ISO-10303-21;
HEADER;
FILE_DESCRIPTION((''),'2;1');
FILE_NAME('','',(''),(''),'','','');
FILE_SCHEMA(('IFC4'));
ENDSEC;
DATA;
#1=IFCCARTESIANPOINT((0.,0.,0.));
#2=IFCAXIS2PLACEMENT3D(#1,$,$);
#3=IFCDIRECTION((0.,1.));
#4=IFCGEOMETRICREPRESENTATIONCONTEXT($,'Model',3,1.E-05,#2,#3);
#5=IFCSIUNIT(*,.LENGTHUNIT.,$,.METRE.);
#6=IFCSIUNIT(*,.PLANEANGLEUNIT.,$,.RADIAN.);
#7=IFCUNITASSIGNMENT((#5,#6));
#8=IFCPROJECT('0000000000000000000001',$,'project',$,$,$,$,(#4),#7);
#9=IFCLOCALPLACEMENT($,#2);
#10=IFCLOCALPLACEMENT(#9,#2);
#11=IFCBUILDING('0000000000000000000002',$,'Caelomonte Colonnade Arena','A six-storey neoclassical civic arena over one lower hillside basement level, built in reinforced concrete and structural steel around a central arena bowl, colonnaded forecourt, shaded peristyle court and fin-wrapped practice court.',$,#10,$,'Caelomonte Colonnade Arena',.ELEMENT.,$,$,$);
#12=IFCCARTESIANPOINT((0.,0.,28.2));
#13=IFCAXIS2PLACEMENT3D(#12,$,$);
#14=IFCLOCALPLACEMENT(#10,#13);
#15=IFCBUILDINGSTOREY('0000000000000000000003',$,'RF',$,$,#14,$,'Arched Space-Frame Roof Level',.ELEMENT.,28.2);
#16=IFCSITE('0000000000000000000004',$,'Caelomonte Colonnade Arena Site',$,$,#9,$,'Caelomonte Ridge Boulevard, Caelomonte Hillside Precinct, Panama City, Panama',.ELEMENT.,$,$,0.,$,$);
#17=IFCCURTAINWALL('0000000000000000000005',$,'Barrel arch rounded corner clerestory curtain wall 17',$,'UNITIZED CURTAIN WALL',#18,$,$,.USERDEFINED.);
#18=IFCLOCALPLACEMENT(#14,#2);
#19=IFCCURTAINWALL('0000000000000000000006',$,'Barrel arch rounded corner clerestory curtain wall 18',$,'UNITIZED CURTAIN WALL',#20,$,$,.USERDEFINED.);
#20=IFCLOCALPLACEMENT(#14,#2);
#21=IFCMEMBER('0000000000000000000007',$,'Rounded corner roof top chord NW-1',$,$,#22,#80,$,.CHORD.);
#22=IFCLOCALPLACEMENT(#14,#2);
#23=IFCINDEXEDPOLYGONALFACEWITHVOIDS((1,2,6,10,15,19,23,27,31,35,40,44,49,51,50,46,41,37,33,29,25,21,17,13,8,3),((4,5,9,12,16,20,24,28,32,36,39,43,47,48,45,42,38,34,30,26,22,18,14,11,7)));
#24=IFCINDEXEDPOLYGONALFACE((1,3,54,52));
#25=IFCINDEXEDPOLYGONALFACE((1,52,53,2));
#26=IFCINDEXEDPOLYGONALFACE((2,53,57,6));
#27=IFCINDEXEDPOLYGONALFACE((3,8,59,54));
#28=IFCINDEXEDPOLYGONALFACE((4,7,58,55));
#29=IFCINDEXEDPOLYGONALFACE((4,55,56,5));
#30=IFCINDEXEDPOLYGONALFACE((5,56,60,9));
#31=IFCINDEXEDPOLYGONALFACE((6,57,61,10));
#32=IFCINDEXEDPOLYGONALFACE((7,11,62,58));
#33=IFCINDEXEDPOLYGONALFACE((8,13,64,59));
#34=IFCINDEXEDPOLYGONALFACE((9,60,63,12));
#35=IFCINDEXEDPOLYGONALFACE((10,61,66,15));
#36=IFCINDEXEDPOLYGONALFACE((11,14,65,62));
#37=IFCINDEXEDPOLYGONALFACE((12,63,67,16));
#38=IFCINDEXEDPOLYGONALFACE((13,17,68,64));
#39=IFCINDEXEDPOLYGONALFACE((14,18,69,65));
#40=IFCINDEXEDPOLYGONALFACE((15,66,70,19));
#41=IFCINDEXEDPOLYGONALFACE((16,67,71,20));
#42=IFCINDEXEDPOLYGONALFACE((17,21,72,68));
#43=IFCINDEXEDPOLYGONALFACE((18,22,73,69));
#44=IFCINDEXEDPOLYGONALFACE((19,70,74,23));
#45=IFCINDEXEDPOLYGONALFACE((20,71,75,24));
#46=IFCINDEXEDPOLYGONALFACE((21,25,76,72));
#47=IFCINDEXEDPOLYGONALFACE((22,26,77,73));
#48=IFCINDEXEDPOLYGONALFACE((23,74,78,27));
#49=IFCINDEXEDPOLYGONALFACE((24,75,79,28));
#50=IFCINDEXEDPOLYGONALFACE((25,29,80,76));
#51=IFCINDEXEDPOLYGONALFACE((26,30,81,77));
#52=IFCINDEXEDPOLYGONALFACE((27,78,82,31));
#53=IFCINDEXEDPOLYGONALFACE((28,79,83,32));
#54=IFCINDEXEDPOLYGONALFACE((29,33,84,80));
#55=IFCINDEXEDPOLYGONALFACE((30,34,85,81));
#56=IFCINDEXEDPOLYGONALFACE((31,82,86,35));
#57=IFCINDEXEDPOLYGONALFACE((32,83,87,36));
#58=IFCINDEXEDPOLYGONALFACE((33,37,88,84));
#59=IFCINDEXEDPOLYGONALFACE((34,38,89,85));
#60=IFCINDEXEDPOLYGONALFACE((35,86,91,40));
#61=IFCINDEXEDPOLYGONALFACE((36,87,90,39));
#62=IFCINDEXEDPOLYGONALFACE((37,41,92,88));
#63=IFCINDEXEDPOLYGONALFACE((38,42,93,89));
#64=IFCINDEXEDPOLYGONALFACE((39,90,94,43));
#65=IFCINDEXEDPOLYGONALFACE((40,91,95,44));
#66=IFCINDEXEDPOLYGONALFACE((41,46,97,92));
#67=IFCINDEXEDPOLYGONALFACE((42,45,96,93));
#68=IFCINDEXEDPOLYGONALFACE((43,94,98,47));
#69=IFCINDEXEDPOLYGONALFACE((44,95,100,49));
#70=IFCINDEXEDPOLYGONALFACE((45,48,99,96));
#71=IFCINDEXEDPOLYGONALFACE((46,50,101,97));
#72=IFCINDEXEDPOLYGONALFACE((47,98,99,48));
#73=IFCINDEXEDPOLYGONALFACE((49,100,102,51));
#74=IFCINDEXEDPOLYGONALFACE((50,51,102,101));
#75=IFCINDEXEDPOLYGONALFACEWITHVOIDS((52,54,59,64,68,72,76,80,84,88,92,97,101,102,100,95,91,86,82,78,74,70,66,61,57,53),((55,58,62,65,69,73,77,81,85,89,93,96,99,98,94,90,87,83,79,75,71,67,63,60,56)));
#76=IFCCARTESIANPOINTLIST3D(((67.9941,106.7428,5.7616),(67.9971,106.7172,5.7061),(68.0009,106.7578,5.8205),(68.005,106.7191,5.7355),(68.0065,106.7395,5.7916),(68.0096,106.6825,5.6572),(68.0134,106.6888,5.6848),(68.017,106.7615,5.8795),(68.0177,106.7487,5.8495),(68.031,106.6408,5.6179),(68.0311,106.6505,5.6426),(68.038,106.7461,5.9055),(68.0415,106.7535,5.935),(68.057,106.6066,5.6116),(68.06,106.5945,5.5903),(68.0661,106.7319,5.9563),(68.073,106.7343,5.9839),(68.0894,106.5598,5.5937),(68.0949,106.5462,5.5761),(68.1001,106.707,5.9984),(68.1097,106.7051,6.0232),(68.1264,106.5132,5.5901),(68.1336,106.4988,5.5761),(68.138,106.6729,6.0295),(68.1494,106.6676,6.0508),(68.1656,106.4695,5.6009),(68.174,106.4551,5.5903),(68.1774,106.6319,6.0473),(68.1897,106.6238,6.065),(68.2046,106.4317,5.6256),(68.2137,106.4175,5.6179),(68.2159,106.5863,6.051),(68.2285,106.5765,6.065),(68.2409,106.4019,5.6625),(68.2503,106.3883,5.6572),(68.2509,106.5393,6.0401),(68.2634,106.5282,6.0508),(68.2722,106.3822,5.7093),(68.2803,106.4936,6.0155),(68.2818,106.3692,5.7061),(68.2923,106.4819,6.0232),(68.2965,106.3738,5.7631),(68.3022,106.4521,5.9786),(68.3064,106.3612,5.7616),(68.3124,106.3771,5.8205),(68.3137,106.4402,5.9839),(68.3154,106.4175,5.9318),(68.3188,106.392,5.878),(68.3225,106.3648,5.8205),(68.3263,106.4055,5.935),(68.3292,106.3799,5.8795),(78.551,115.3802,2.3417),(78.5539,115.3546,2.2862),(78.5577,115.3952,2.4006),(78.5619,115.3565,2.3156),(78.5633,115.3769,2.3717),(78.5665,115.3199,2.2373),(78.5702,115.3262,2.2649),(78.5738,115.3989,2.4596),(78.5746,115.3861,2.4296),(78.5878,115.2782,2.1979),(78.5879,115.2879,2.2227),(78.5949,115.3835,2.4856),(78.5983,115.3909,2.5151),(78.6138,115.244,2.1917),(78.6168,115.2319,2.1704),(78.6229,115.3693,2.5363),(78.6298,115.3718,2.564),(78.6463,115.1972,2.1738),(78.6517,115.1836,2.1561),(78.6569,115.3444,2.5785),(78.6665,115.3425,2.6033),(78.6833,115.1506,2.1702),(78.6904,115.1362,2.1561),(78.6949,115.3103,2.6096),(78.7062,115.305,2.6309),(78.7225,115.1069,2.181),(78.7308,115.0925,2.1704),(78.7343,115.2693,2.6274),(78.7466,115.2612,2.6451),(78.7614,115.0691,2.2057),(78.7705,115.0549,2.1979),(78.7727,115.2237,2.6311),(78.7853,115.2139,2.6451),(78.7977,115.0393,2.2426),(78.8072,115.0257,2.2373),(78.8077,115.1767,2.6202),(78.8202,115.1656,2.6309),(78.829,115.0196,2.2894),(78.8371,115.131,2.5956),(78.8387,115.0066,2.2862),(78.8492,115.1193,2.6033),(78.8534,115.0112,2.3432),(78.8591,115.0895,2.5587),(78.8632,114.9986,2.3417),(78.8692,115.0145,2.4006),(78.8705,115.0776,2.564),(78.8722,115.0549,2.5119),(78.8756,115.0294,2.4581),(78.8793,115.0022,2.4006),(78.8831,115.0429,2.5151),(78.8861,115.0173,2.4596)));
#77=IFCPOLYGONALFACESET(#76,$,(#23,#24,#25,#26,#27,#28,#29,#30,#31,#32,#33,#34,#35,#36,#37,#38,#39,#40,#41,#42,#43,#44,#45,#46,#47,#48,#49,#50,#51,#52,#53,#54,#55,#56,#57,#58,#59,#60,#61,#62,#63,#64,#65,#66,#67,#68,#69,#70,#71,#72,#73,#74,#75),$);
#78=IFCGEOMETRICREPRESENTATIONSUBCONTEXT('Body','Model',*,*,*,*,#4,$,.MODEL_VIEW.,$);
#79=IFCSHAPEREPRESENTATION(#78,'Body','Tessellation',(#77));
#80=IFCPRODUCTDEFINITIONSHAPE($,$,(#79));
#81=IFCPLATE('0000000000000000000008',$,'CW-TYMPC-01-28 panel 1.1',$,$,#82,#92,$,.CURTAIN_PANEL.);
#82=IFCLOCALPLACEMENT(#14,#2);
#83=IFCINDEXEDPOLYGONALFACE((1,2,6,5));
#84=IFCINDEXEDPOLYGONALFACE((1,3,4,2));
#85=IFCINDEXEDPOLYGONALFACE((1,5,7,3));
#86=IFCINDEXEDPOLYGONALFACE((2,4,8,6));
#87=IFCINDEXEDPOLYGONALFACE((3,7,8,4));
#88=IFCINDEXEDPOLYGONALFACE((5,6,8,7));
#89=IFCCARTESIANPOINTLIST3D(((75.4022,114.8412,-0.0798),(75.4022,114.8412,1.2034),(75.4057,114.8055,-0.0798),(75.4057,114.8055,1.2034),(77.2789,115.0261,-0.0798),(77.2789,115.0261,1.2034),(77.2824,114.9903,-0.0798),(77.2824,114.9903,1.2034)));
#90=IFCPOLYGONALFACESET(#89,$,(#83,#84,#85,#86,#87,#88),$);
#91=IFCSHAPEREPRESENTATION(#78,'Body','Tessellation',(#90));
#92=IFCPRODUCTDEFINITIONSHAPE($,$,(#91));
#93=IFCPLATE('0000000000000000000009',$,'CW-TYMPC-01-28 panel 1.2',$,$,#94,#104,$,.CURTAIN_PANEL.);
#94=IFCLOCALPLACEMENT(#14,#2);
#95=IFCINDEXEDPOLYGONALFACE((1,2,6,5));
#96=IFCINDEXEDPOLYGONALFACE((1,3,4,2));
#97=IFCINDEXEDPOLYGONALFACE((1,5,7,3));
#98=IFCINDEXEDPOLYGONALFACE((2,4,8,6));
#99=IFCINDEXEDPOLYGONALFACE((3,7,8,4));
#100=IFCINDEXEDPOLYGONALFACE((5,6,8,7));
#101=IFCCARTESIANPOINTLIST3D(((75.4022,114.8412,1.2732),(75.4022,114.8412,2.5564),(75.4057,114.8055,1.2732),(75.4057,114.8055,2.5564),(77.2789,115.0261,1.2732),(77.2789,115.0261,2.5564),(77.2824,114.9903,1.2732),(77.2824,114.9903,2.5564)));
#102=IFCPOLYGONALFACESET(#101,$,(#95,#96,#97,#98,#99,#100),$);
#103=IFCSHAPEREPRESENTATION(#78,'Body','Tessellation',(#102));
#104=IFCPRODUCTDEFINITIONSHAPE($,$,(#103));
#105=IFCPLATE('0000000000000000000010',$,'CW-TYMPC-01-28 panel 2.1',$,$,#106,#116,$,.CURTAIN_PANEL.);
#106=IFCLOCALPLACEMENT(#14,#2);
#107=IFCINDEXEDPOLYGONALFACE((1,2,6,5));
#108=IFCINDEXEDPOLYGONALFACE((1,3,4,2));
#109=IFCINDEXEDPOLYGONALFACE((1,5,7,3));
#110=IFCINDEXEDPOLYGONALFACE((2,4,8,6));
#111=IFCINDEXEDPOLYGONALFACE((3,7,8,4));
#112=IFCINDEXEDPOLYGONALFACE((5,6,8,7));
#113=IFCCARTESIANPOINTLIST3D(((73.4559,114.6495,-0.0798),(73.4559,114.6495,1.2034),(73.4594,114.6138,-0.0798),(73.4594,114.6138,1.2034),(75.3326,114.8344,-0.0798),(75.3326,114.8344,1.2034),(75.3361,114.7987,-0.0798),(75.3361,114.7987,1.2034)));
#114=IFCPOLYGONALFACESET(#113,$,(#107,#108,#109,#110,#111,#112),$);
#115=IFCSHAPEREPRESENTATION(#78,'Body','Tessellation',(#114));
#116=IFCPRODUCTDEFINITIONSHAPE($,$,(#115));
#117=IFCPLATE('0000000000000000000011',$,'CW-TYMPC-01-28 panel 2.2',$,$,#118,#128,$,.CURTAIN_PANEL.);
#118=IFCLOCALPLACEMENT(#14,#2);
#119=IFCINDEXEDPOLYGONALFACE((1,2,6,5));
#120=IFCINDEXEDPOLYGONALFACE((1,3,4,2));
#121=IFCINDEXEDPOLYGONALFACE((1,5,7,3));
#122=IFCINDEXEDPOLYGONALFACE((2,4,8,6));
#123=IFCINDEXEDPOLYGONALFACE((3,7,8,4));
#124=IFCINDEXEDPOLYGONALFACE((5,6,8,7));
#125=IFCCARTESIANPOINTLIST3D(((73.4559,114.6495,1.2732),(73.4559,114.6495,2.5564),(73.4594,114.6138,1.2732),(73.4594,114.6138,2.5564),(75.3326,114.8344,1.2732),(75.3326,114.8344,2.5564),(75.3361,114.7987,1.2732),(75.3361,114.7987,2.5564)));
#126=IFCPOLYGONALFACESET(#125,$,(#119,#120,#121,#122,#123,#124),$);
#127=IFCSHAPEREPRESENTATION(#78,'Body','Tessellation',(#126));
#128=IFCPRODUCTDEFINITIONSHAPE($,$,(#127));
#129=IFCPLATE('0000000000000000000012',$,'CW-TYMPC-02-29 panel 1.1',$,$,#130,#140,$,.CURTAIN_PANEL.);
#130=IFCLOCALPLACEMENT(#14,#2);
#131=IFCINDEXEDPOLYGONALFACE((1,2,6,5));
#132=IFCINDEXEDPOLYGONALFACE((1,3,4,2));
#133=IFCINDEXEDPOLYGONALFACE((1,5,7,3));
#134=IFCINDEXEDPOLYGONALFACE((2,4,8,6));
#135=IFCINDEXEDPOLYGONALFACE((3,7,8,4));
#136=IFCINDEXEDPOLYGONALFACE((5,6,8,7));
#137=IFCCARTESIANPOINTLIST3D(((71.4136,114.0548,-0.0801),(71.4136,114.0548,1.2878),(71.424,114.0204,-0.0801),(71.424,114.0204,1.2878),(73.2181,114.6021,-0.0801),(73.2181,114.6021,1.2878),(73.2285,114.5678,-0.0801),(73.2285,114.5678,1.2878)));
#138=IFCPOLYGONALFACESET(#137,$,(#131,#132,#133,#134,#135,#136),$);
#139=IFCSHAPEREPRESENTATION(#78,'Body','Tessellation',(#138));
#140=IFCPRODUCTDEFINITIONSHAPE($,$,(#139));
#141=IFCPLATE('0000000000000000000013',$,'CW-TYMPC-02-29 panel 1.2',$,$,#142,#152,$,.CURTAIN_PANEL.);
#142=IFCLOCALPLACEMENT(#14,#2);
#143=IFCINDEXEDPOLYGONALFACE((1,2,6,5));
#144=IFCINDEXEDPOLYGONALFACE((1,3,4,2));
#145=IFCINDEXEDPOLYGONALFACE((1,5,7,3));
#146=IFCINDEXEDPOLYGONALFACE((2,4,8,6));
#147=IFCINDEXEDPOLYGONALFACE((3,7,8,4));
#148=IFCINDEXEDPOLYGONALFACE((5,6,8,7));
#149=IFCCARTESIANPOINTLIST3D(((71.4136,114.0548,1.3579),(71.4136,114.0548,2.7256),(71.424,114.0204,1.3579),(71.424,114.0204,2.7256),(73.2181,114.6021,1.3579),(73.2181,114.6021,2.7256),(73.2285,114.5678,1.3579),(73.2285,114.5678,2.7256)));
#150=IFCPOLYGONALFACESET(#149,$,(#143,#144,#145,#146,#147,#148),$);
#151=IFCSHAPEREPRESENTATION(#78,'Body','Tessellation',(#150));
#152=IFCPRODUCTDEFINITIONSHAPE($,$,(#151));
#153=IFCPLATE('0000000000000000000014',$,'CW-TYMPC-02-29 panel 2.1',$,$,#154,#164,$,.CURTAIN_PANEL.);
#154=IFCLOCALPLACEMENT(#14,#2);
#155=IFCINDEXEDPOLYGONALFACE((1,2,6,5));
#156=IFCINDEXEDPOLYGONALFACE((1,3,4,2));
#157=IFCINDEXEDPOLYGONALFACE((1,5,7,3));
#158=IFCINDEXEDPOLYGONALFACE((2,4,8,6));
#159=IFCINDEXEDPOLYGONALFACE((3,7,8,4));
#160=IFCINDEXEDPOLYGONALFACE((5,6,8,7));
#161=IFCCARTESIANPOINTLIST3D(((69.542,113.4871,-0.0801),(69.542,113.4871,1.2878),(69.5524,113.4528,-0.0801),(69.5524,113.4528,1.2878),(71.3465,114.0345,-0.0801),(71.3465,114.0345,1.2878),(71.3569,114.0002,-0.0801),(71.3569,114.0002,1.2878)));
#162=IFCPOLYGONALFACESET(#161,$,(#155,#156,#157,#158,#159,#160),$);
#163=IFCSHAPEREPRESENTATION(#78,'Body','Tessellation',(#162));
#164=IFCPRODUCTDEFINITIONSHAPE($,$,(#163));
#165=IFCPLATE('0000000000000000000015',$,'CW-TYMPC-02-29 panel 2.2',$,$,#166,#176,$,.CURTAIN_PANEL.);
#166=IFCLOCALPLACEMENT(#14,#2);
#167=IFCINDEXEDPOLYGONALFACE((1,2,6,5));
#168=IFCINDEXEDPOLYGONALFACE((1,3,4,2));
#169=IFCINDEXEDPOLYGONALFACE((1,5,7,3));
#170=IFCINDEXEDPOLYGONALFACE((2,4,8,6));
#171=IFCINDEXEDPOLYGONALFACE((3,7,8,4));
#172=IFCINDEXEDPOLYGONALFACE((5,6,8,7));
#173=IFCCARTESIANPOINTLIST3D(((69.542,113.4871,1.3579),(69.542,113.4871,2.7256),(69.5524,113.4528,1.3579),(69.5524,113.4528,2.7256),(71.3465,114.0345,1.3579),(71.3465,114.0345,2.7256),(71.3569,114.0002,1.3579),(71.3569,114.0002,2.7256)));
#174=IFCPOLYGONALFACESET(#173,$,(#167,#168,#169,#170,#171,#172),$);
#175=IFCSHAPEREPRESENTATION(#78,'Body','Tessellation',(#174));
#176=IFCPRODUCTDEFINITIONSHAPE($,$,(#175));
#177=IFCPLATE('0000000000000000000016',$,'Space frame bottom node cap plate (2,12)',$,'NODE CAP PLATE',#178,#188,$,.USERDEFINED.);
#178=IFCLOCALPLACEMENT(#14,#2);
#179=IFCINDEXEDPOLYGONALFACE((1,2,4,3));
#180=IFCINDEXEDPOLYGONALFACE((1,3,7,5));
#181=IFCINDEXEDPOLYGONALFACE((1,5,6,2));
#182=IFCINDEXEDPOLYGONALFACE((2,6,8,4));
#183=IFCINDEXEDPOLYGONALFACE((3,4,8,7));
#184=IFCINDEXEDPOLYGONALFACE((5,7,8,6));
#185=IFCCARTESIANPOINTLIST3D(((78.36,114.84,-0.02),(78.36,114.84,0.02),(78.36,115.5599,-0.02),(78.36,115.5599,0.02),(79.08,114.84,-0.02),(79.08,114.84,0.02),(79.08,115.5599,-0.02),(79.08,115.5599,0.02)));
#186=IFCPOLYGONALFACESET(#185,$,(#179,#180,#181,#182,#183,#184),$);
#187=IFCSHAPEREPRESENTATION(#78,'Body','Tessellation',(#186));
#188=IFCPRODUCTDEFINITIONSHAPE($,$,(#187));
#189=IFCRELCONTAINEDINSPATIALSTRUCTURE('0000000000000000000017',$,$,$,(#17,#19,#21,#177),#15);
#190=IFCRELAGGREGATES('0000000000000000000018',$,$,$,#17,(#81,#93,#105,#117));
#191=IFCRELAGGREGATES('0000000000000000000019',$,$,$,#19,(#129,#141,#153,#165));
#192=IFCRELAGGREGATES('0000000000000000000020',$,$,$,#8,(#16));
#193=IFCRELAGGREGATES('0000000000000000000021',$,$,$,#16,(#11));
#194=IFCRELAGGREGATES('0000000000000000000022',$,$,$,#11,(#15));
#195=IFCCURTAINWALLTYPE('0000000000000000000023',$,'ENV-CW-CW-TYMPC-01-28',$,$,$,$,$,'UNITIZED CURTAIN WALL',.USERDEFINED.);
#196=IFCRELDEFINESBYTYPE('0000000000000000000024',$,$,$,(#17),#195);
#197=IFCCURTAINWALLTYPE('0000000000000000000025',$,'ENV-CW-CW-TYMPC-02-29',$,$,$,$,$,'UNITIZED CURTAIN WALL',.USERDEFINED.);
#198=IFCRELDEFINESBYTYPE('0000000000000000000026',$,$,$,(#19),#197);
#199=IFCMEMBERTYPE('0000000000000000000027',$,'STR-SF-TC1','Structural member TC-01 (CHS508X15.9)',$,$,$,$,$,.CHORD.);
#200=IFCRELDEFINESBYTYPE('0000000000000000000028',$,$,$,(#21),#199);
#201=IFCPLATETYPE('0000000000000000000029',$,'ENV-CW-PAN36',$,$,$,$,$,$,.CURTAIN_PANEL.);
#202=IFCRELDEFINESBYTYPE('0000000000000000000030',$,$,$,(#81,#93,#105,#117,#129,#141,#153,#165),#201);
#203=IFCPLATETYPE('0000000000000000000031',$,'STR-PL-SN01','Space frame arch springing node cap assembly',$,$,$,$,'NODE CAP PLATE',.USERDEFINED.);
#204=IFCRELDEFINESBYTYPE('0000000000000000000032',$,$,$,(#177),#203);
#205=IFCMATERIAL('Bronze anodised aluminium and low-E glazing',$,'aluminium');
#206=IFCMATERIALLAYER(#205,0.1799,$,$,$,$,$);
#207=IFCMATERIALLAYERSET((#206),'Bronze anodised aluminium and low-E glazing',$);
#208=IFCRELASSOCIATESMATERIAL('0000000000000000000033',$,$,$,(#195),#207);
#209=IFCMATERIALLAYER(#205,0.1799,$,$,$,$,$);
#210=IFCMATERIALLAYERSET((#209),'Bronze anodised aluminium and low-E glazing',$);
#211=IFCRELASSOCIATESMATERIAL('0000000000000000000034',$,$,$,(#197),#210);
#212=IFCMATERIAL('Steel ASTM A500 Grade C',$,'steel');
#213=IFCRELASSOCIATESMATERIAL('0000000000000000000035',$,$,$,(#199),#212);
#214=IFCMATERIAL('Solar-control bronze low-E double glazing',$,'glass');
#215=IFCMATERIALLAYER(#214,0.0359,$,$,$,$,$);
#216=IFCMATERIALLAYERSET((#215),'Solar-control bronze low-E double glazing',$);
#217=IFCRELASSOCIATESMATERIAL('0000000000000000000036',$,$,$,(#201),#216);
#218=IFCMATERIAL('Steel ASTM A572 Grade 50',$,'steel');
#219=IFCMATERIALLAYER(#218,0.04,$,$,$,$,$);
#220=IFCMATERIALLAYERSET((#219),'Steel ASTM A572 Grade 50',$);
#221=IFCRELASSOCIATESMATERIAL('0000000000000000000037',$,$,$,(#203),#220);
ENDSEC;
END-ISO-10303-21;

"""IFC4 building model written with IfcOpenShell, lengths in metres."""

from ifc_helpers import new_model, si_unit, direction, frame, origin, origin_2d, place, context, subcontext, project, spatial, rectangle, hollow_circle, extrude, material, layer, layer_set, material_profile, profile_set, type_object, element, aggregate, save


model = new_model("IFC4")

# Units and contexts
model_context = context("Model", 3, precision=1e-05, world=origin(), true_north=direction((0.0, 1.0)))
body_context = subcontext(model_context, "Body", "Model", "MODEL_VIEW")
ifc_project = project(units=[si_unit("LENGTHUNIT", "METRE"), si_unit("PLANEANGLEUNIT", "RADIAN")], contexts=[model_context])

# Site, building, storey
site_placement = place(None, origin())
site = spatial("IfcSite", under=ifc_project, at=site_placement, Name="Caelomonte Colonnade Arena Site", LongName="Caelomonte Ridge Boulevard, Caelomonte Hillside Precinct, Panama City, Panama", CompositionType="ELEMENT", RefElevation=0.0)
building_placement = place(site_placement, origin())
building = spatial("IfcBuilding", under=site, at=building_placement, Name="Caelomonte Colonnade Arena", Description="A six-storey neoclassical civic arena over one lower hillside basement level, built in reinforced concrete and structural steel around a central arena bowl, colonnaded forecourt, shaded peristyle court and fin-wrapped practice court.", LongName="Caelomonte Colonnade Arena", CompositionType="ELEMENT")
storey_placement = place(building_placement, frame((0.0, 0.0, 28.2)))
storey = spatial("IfcBuildingStorey", under=building, at=storey_placement, Name="RF", LongName="Arched Space-Frame Roof Level", CompositionType="ELEMENT", Elevation=28.2)

# Curtain walls
ifc_material_1 = material(Name="Bronze anodised aluminium and low-E glazing", Category="aluminium")
ifc_layer_1 = layer(ifc_material_1, 0.1799)
ifc_layer_set_1 = layer_set([ifc_layer_1], Name="Bronze anodised aluminium and low-E glazing")
curtain_wall_type_1 = type_object("IfcCurtainWallType", Name="ENV-CW-CW-TYMPC-01-28", ElementType="UNITIZED CURTAIN WALL", PredefinedType="USERDEFINED", material=ifc_layer_set_1)
curtain_wall_1_placement = place(storey_placement, origin())
curtain_wall_1 = element("IfcCurtainWall", 1, at=curtain_wall_1_placement, inside=storey, type_object=curtain_wall_type_1, Name="Barrel arch rounded corner clerestory curtain wall 17", ObjectType="UNITIZED CURTAIN WALL", PredefinedType="USERDEFINED")
ifc_layer_2 = layer(ifc_material_1, 0.1799)
ifc_layer_set_2 = layer_set([ifc_layer_2], Name="Bronze anodised aluminium and low-E glazing")
curtain_wall_type_2 = type_object("IfcCurtainWallType", Name="ENV-CW-CW-TYMPC-02-29", ElementType="UNITIZED CURTAIN WALL", PredefinedType="USERDEFINED", material=ifc_layer_set_2)
curtain_wall_2_placement = place(storey_placement, origin())
curtain_wall_2 = element("IfcCurtainWall", 2, at=curtain_wall_2_placement, inside=storey, type_object=curtain_wall_type_2, Name="Barrel arch rounded corner clerestory curtain wall 18", ObjectType="UNITIZED CURTAIN WALL", PredefinedType="USERDEFINED")

# Member
ifc_material_2 = material(Name="Steel ASTM A500 Grade C", Category="steel")
ifc_material_profile_1 = material_profile(ifc_material_2, hollow_circle(Radius=0.2539, WallThickness=0.0159, at=origin_2d()), Name="CHS508X15.9")
ifc_profile_set_1 = profile_set([ifc_material_profile_1], Name="Steel ASTM A500 Grade C")
member_type_1 = type_object("IfcMemberType", Name="STR-SF-TC1", Description="Structural member TC-01 (CHS508X15.9)", PredefinedType="CHORD", material=ifc_profile_set_1)
member_1_placement = place(storey_placement, frame((78.7185, 115.1987, 2.4006), z_axis=(-0.750721, -0.614226, 0.243197), x_axis=(0.633238, -0.773957, 0.0)))
element("IfcMember", 3, at=member_1_placement, inside=storey, type_object=member_type_1, Name="Rounded corner roof top chord NW-1", PredefinedType="CHORD", context=body_context, shape_type="SweptSolid", body=[
    extrude(hollow_circle(Radius=0.2539, WallThickness=0.0159, at=origin_2d()), origin(), (0.0, 0.0, 1.0), 14.0623),
])

# Plates
ifc_material_3 = material(Name="Solar-control bronze low-E double glazing", Category="glass")
ifc_layer_3 = layer(ifc_material_3, 0.0359)
ifc_layer_set_3 = layer_set([ifc_layer_3], Name="Solar-control bronze low-E double glazing")
plate_type_1 = type_object("IfcPlateType", Name="ENV-CW-PAN36", PredefinedType="CURTAIN_PANEL", material=ifc_layer_set_3)
plate_1_placement = place(storey_placement, frame((76.3423, 114.9158, -0.0798), z_axis=(0.0, 0.0, 1.0), x_axis=(-0.995183, -0.098031, 0.0)))
plate_1 = element("IfcPlate", 4, at=plate_1_placement, type_object=plate_type_1, Name="CW-TYMPC-01-28 panel 1.1", PredefinedType="CURTAIN_PANEL", context=body_context, shape_type="SweptSolid", body=[
    extrude(rectangle(XDim=1.8857, YDim=0.0359, at=origin_2d()), origin(), (0.0, 0.0, 1.0), 1.2832),
])
plate_2_placement = place(storey_placement, frame((76.3423, 114.9158, 1.2732), z_axis=(0.0, 0.0, 1.0), x_axis=(-0.995183, -0.098031, 0.0)))
plate_2 = element("IfcPlate", 5, at=plate_2_placement, type_object=plate_type_1, Name="CW-TYMPC-01-28 panel 1.2", PredefinedType="CURTAIN_PANEL", context=body_context, shape_type="SweptSolid", body=[
    extrude(rectangle(XDim=1.8857, YDim=0.0359, at=origin_2d()), origin(), (0.0, 0.0, 1.0), 1.2832),
])
plate_3_placement = place(storey_placement, frame((74.396, 114.7241, -0.0798), z_axis=(0.0, 0.0, 1.0), x_axis=(-0.995183, -0.098031, 0.0)))
plate_3 = element("IfcPlate", 6, at=plate_3_placement, type_object=plate_type_1, Name="CW-TYMPC-01-28 panel 2.1", PredefinedType="CURTAIN_PANEL", context=body_context, shape_type="SweptSolid", body=[
    extrude(rectangle(XDim=1.8857, YDim=0.0359, at=origin_2d()), origin(), (0.0, 0.0, 1.0), 1.2832),
])
plate_4_placement = place(storey_placement, frame((74.396, 114.7241, 1.2732), z_axis=(0.0, 0.0, 1.0), x_axis=(-0.995183, -0.098031, 0.0)))
plate_4 = element("IfcPlate", 7, at=plate_4_placement, type_object=plate_type_1, Name="CW-TYMPC-01-28 panel 2.2", PredefinedType="CURTAIN_PANEL", context=body_context, shape_type="SweptSolid", body=[
    extrude(rectangle(XDim=1.8857, YDim=0.0359, at=origin_2d()), origin(), (0.0, 0.0, 1.0), 1.2832),
])
aggregate(curtain_wall_1, [plate_1, plate_2, plate_3, plate_4])
plate_5_placement = place(storey_placement, frame((72.321, 114.3113, -0.0801), z_axis=(0.0, 0.0, 1.0), x_axis=(-0.956946, -0.290266, 0.0)))
plate_5 = element("IfcPlate", 8, at=plate_5_placement, type_object=plate_type_1, Name="CW-TYMPC-02-29 panel 1.1", PredefinedType="CURTAIN_PANEL", context=body_context, shape_type="SweptSolid", body=[
    extrude(rectangle(XDim=1.8857, YDim=0.0359, at=origin_2d()), origin(), (0.0, 0.0, 1.0), 1.3679),
])
plate_6_placement = place(storey_placement, frame((72.321, 114.3113, 1.3579), z_axis=(0.0, 0.0, 1.0), x_axis=(-0.956946, -0.290266, 0.0)))
plate_6 = element("IfcPlate", 9, at=plate_6_placement, type_object=plate_type_1, Name="CW-TYMPC-02-29 panel 1.2", PredefinedType="CURTAIN_PANEL", context=body_context, shape_type="SweptSolid", body=[
    extrude(rectangle(XDim=1.8857, YDim=0.0359, at=origin_2d()), origin(), (0.0, 0.0, 1.0), 1.3677),
])
plate_7_placement = place(storey_placement, frame((70.4495, 113.7437, -0.0801), z_axis=(0.0, 0.0, 1.0), x_axis=(-0.956946, -0.290266, 0.0)))
plate_7 = element("IfcPlate", 10, at=plate_7_placement, type_object=plate_type_1, Name="CW-TYMPC-02-29 panel 2.1", PredefinedType="CURTAIN_PANEL", context=body_context, shape_type="SweptSolid", body=[
    extrude(rectangle(XDim=1.8857, YDim=0.0359, at=origin_2d()), origin(), (0.0, 0.0, 1.0), 1.3679),
])
plate_8_placement = place(storey_placement, frame((70.4495, 113.7437, 1.3579), z_axis=(0.0, 0.0, 1.0), x_axis=(-0.956946, -0.290266, 0.0)))
plate_8 = element("IfcPlate", 11, at=plate_8_placement, type_object=plate_type_1, Name="CW-TYMPC-02-29 panel 2.2", PredefinedType="CURTAIN_PANEL", context=body_context, shape_type="SweptSolid", body=[
    extrude(rectangle(XDim=1.8857, YDim=0.0359, at=origin_2d()), origin(), (0.0, 0.0, 1.0), 1.3677),
])
aggregate(curtain_wall_2, [plate_5, plate_6, plate_7, plate_8])
ifc_material_4 = material(Name="Steel ASTM A572 Grade 50", Category="steel")
ifc_layer_4 = layer(ifc_material_4, 0.04)
ifc_layer_set_4 = layer_set([ifc_layer_4], Name="Steel ASTM A572 Grade 50")
plate_type_2 = type_object("IfcPlateType", Name="STR-PL-SN01", Description="Space frame arch springing node cap assembly", ElementType="NODE CAP PLATE", PredefinedType="USERDEFINED", material=ifc_layer_set_4)
plate_9_placement = place(storey_placement, frame((78.72, 115.2, -0.02), z_axis=(0.0, 0.0, 1.0), x_axis=(1.0, 0.0, 0.0)))
element("IfcPlate", 12, at=plate_9_placement, inside=storey, type_object=plate_type_2, Name="Space frame bottom node cap plate (2,12)", ObjectType="NODE CAP PLATE", PredefinedType="USERDEFINED", context=body_context, shape_type="SweptSolid", body=[
    extrude(rectangle(XDim=0.72, YDim=0.72, at=origin_2d()), origin(), (0.0, 0.0, 1.0), 0.04),
])

save(model, "model.ifc")
